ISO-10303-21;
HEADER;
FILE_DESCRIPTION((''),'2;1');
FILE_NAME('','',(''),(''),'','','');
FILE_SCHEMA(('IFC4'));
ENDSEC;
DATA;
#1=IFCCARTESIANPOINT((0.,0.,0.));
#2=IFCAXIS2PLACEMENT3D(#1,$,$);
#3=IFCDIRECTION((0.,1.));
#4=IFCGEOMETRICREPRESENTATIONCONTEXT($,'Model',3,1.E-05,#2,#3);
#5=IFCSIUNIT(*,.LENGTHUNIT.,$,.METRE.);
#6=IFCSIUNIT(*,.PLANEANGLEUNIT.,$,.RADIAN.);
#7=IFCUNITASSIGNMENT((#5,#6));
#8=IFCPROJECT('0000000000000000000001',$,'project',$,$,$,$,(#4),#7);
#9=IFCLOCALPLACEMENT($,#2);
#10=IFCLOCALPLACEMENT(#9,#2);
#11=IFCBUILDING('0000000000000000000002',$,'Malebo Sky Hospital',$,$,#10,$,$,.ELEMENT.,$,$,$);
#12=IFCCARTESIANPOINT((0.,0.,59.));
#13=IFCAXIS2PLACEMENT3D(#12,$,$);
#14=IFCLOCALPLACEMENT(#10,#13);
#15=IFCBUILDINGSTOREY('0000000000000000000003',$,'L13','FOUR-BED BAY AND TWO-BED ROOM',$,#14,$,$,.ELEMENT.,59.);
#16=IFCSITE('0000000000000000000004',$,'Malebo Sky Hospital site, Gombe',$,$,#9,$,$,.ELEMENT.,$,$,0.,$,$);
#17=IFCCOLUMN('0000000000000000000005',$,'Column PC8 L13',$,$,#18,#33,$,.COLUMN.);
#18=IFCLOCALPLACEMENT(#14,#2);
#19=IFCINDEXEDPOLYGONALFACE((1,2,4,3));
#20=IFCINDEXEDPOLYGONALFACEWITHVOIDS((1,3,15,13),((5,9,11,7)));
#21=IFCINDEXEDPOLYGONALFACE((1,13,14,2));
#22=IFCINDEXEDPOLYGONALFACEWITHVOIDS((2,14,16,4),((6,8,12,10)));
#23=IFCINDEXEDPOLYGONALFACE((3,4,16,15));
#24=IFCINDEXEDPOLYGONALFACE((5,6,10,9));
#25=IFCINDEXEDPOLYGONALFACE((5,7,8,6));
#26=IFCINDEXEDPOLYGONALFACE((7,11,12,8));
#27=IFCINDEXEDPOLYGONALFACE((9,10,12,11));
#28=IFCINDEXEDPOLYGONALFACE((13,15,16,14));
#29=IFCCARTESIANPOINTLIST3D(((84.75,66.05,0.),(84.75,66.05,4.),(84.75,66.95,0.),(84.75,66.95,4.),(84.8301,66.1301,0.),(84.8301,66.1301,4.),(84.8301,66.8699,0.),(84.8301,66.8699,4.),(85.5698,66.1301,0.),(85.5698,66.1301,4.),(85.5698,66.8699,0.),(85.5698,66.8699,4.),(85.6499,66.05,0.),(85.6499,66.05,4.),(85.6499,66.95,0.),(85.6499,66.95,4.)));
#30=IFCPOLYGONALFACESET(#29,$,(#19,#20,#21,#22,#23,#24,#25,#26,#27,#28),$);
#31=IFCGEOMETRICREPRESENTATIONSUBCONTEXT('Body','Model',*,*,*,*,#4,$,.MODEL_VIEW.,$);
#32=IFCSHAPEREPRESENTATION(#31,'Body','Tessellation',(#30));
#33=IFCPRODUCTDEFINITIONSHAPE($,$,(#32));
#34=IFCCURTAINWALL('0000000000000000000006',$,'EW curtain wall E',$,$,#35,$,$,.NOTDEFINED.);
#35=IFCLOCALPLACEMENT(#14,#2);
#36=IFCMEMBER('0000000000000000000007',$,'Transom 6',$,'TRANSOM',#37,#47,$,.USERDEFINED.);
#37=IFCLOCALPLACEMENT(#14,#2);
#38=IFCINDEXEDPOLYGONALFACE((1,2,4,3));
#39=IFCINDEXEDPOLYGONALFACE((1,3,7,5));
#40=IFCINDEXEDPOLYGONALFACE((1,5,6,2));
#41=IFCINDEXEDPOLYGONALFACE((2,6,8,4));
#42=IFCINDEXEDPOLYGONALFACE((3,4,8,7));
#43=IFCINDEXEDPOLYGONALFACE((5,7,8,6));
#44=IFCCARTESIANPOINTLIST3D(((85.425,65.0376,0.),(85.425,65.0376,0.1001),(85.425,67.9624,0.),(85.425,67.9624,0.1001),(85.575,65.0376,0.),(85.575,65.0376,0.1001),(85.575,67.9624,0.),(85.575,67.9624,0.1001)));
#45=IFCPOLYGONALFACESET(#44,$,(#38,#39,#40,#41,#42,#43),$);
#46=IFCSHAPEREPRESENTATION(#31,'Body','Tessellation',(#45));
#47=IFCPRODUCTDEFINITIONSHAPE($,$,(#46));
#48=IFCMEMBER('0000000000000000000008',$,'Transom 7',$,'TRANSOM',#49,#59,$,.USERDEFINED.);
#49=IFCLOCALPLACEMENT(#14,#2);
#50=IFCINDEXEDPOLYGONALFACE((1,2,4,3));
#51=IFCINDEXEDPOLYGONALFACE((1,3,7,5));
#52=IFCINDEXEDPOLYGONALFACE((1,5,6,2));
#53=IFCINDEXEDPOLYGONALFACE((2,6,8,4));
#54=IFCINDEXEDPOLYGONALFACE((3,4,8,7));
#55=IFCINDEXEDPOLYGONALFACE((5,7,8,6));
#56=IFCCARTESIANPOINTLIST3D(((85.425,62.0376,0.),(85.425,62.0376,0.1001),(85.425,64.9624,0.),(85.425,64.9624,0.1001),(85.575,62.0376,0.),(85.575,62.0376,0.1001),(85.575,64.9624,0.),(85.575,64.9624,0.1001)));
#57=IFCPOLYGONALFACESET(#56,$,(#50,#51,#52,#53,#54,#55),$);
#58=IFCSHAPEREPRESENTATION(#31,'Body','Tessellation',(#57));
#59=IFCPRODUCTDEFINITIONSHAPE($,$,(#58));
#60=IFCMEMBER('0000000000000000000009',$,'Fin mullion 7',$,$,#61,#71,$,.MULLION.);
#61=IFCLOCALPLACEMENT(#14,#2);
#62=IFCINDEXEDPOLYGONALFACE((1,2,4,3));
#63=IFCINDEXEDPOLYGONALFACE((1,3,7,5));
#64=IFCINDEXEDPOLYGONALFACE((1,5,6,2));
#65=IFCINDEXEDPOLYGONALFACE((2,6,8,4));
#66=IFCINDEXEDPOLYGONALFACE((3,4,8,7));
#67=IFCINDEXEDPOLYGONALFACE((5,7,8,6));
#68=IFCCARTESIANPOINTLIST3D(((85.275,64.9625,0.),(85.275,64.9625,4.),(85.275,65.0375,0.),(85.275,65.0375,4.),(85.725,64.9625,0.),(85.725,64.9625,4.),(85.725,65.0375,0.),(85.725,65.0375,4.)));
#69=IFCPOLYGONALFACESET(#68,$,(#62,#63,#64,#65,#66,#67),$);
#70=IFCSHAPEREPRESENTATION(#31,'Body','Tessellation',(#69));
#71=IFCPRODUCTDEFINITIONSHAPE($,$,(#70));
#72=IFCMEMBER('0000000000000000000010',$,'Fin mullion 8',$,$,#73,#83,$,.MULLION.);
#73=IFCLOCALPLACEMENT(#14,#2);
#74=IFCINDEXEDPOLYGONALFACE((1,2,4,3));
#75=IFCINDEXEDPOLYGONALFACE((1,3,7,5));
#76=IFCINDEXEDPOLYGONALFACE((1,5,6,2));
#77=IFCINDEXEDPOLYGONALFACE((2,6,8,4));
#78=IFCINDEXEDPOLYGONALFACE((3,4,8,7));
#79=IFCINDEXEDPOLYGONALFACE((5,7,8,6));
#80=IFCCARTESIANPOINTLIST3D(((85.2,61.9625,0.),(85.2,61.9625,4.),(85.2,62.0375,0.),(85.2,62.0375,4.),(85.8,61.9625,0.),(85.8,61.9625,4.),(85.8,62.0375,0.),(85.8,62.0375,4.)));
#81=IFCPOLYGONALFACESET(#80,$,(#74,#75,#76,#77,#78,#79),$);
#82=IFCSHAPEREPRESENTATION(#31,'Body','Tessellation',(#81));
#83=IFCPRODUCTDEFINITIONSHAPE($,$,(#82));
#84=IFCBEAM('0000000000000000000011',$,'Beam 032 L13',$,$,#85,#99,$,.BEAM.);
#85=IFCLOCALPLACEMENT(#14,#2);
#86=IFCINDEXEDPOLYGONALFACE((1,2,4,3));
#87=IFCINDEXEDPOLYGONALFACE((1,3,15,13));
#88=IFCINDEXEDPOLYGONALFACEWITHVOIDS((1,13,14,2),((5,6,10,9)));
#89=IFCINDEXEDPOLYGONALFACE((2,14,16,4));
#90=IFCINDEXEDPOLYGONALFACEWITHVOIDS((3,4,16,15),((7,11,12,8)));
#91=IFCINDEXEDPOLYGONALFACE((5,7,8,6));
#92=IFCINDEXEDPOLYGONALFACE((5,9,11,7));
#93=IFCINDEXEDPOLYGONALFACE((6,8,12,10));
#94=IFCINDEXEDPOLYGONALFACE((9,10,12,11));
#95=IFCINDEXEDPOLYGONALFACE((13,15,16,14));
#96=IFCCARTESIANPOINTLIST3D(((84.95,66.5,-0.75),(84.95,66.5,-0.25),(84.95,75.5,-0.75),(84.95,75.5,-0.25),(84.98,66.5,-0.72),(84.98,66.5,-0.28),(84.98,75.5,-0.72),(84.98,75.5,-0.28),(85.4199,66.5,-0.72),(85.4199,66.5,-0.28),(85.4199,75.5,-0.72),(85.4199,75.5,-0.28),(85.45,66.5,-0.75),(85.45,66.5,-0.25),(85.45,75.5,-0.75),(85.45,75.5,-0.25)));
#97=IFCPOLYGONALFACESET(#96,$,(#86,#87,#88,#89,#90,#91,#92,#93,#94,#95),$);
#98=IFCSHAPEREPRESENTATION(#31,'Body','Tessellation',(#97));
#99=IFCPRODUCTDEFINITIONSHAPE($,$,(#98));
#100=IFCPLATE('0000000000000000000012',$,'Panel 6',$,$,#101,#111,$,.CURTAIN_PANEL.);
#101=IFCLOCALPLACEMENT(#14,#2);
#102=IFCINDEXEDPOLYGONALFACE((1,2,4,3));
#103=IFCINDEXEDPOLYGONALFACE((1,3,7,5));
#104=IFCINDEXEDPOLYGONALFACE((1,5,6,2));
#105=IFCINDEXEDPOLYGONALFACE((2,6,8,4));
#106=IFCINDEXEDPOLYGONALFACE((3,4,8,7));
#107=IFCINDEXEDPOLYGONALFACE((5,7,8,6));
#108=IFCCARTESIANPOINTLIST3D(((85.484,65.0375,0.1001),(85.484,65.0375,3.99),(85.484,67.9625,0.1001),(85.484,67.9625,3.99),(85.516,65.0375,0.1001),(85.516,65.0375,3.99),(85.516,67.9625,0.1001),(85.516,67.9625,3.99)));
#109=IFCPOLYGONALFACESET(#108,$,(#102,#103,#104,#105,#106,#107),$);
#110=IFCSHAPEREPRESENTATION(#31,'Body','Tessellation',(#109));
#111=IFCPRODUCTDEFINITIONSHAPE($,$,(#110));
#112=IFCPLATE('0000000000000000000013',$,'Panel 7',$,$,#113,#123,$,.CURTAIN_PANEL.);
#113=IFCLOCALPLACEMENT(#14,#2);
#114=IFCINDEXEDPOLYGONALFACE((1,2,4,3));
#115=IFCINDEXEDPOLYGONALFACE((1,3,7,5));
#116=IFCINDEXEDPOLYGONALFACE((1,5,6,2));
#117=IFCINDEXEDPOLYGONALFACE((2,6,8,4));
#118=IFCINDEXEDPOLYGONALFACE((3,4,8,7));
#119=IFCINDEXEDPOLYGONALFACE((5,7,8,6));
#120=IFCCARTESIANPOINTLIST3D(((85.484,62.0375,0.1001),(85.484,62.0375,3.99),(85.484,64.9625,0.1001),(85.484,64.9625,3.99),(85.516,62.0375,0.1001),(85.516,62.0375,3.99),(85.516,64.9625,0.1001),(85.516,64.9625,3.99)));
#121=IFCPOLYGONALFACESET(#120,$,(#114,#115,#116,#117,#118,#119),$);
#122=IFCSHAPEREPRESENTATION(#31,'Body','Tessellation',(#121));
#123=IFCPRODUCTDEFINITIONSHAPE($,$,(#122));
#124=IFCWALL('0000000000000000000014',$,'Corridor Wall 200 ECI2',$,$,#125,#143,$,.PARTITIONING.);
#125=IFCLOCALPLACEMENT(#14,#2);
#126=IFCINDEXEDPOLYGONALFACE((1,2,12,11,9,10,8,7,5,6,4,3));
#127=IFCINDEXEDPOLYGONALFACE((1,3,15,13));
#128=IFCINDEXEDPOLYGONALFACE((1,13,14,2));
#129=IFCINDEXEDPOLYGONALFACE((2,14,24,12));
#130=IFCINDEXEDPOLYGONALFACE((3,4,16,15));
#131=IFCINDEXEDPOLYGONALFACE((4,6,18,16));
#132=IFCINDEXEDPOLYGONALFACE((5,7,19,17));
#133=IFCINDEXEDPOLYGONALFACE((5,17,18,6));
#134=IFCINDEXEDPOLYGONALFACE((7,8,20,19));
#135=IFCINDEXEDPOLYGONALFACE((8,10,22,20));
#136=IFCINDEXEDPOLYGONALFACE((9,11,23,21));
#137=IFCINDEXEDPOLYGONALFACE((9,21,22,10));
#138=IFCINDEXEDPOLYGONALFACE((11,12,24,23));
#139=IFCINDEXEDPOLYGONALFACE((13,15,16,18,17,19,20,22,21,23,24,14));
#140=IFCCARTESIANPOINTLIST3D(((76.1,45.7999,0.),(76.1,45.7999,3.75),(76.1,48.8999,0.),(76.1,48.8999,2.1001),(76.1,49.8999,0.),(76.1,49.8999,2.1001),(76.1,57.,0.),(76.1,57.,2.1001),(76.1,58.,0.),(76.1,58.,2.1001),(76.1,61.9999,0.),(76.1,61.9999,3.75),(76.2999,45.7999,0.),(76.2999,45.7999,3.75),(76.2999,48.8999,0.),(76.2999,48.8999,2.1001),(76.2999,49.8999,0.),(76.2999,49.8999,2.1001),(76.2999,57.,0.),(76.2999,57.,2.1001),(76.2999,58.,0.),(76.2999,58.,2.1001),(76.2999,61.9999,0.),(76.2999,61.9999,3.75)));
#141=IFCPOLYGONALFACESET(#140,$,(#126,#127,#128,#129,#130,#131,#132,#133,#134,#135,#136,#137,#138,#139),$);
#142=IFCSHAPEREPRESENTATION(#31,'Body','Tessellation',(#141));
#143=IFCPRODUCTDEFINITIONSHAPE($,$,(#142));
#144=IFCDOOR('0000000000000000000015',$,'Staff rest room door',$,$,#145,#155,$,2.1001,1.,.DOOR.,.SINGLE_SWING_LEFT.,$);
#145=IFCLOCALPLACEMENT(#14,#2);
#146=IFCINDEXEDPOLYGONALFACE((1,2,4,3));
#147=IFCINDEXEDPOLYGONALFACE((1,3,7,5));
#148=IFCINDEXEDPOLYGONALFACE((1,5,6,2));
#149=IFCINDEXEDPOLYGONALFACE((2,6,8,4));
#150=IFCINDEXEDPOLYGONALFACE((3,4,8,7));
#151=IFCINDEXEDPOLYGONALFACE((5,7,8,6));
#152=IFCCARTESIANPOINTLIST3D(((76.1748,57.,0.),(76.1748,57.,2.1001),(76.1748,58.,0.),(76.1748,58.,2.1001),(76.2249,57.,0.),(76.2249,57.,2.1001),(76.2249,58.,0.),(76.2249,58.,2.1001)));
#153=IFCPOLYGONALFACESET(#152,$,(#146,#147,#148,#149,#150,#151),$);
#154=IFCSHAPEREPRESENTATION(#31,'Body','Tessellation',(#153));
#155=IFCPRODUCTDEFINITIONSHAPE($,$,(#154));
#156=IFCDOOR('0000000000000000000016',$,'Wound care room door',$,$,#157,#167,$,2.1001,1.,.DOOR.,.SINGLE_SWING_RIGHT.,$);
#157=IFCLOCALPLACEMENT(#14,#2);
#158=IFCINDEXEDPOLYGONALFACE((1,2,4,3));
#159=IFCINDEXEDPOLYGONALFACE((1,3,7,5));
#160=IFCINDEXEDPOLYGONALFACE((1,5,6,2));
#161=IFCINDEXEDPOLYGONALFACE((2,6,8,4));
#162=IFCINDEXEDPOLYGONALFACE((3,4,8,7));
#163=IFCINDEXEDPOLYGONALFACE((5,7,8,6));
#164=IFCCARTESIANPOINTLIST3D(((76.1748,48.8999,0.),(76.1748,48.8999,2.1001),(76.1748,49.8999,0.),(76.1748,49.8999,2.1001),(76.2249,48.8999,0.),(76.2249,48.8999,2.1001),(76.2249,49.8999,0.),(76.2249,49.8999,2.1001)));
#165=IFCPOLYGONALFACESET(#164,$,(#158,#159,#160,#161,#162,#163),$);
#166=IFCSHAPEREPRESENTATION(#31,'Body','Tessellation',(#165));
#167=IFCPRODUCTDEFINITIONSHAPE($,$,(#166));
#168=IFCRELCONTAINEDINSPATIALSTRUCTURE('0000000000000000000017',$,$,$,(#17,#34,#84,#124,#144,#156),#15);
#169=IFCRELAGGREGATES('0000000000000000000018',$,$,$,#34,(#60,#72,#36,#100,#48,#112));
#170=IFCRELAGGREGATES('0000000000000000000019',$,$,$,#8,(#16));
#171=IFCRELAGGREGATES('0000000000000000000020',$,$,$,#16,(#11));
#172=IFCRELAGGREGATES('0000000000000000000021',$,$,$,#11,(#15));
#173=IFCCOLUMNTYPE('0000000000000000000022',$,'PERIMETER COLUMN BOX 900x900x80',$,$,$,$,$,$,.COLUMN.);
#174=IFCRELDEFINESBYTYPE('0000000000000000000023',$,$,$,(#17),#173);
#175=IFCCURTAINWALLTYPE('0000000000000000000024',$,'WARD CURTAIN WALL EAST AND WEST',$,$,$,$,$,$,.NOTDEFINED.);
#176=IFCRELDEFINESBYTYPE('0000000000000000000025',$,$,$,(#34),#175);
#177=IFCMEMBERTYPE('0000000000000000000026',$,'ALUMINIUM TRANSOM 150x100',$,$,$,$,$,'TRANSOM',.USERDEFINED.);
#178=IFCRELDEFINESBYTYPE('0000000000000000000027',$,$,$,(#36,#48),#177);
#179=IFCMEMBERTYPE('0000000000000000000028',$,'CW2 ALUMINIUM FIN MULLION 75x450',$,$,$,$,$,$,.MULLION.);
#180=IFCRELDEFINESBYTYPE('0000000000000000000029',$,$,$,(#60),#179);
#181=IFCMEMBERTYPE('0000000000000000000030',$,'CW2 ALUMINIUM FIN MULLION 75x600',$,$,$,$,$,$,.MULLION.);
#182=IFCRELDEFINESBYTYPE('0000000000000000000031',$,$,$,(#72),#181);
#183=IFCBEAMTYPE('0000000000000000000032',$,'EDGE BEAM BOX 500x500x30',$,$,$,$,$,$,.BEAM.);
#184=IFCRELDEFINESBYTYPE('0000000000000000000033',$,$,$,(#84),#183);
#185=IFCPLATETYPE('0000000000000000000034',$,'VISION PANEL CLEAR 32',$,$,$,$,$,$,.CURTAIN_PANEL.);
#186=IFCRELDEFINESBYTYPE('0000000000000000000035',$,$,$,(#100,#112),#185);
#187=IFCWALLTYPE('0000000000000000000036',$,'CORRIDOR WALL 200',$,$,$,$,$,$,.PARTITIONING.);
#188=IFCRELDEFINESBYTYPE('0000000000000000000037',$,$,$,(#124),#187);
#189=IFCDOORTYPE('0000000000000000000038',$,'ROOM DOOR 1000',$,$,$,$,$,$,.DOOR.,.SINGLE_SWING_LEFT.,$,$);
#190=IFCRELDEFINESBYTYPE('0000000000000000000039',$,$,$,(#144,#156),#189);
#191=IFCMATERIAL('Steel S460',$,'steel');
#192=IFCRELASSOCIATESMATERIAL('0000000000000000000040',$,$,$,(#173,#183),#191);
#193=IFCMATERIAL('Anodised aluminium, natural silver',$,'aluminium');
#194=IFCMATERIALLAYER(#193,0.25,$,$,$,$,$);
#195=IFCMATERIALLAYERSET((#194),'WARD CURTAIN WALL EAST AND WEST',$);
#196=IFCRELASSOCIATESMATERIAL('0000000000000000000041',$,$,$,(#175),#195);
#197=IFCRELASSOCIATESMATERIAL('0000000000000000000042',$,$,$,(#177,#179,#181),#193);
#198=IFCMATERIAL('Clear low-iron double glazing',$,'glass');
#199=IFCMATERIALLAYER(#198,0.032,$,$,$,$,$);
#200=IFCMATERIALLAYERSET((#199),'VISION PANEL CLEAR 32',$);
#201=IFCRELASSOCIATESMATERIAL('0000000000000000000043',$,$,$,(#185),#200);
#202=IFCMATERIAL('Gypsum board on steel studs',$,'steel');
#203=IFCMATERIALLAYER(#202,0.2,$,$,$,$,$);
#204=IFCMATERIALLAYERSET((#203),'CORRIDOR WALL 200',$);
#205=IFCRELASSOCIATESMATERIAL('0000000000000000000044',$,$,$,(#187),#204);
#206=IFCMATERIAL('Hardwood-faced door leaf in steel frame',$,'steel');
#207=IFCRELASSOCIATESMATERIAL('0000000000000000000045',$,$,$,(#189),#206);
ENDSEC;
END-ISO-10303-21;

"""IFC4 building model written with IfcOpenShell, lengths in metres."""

from ifc_helpers import new_model, si_unit, direction, frame, frame_2d, origin, origin_2d, place, context, subcontext, project, spatial, rectangle, hollow_rectangle, extrude, material, layer, layer_set, material_profile, profile_set, type_object, element, fill, aggregate, save


model = new_model("IFC4")

# Units and contexts
model_context = context("Model", 3, precision=1e-05, world=origin(), true_north=direction((0.0, 1.0)))
body_context = subcontext(model_context, "Body", "Model", "MODEL_VIEW")
ifc_project = project(units=[si_unit("LENGTHUNIT", "METRE"), si_unit("PLANEANGLEUNIT", "RADIAN")], contexts=[model_context])

# Site, building, storey
site_placement = place(None, origin())
site = spatial("IfcSite", under=ifc_project, at=site_placement, Name="Malebo Sky Hospital site, Gombe", CompositionType="ELEMENT", RefElevation=0.0)
building_placement = place(site_placement, origin())
building = spatial("IfcBuilding", under=site, at=building_placement, Name="Malebo Sky Hospital", CompositionType="ELEMENT")
storey_placement = place(building_placement, frame((0.0, 0.0, 59.0)))
storey = spatial("IfcBuildingStorey", under=building, at=storey_placement, Name="L13", Description="FOUR-BED BAY AND TWO-BED ROOM", CompositionType="ELEMENT", Elevation=59.0)

# Column
ifc_material_1 = material(Name="Steel S460", Category="steel")
ifc_material_profile_1 = material_profile(ifc_material_1, hollow_rectangle(XDim=0.8999, YDim=0.8999, WallThickness=0.0801, at=origin_2d()), Name="BOX 900x900x80")
ifc_profile_set_1 = profile_set([ifc_material_profile_1], Name="Steel S460")
column_type = type_object("IfcColumnType", Name="PERIMETER COLUMN BOX 900x900x80", PredefinedType="COLUMN", material=ifc_profile_set_1)
column_placement = place(storey_placement, frame((85.2, 66.5, 0.0), z_axis=(0.0, 0.0, 1.0), x_axis=(1.0, 0.0, 0.0)))
element("IfcColumn", 1, at=column_placement, inside=storey, type_object=column_type, Name="Column PC8 L13", PredefinedType="COLUMN", context=body_context, shape_type="SweptSolid", body=[
    extrude(hollow_rectangle(XDim=0.8999, YDim=0.8999, WallThickness=0.0801, at=origin_2d()), origin(), (0.0, 0.0, 1.0), 4.0),
])

# Curtain wall, members
ifc_material_2 = material(Name="Anodised aluminium, natural silver", Category="aluminium")
ifc_layer_1 = layer(ifc_material_2, 0.25)
ifc_layer_set_1 = layer_set([ifc_layer_1], Name="WARD CURTAIN WALL EAST AND WEST")
curtain_wall_type = type_object("IfcCurtainWallType", Name="WARD CURTAIN WALL EAST AND WEST", PredefinedType="NOTDEFINED", material=ifc_layer_set_1)
curtain_wall_placement = place(storey_placement, origin())
curtain_wall = element("IfcCurtainWall", 2, at=curtain_wall_placement, inside=storey, type_object=curtain_wall_type, Name="EW curtain wall E", PredefinedType="NOTDEFINED")
ifc_material_profile_2 = material_profile(ifc_material_2, rectangle(XDim=0.1499, YDim=0.1001, at=origin_2d()), Name="ALUMINIUM TRANSOM 150x100")
ifc_profile_set_2 = profile_set([ifc_material_profile_2], Name="Anodised aluminium, natural silver")
member_type_1 = type_object("IfcMemberType", Name="ALUMINIUM TRANSOM 150x100", ElementType="TRANSOM", PredefinedType="USERDEFINED", material=ifc_profile_set_2)
member_1_placement = place(storey_placement, frame((85.5, 67.9624, 0.05), z_axis=(0.0, -1.0, 0.0), x_axis=(1.0, 0.0, 0.0)))
member_1 = element("IfcMember", 3, at=member_1_placement, type_object=member_type_1, Name="Transom 6", ObjectType="TRANSOM", PredefinedType="USERDEFINED", context=body_context, shape_type="SweptSolid", body=[
    extrude(rectangle(XDim=0.1499, YDim=0.1001, at=origin_2d()), origin(), (0.0, 0.0, 1.0), 2.9248),
])
member_2_placement = place(storey_placement, frame((85.5, 64.9624, 0.05), z_axis=(0.0, -1.0, 0.0), x_axis=(1.0, 0.0, 0.0)))
member_2 = element("IfcMember", 4, at=member_2_placement, type_object=member_type_1, Name="Transom 7", ObjectType="TRANSOM", PredefinedType="USERDEFINED", context=body_context, shape_type="SweptSolid", body=[
    extrude(rectangle(XDim=0.1499, YDim=0.1001, at=origin_2d()), origin(), (0.0, 0.0, 1.0), 2.9248),
])
ifc_material_profile_3 = material_profile(ifc_material_2, rectangle(XDim=0.075, YDim=0.45, at=origin_2d()), Name="CW2 ALUMINIUM FIN MULLION 75x450")
ifc_profile_set_3 = profile_set([ifc_material_profile_3], Name="Anodised aluminium, natural silver")
member_type_2 = type_object("IfcMemberType", Name="CW2 ALUMINIUM FIN MULLION 75x450", PredefinedType="MULLION", material=ifc_profile_set_3)
member_3_placement = place(storey_placement, frame((85.5, 65.0, 0.0), z_axis=(0.0, 0.0, 1.0), x_axis=(0.0, -1.0, 0.0)))
member_3 = element("IfcMember", 5, at=member_3_placement, type_object=member_type_2, Name="Fin mullion 7", PredefinedType="MULLION", context=body_context, shape_type="SweptSolid", body=[
    extrude(rectangle(XDim=0.075, YDim=0.45, at=origin_2d()), origin(), (0.0, 0.0, 1.0), 4.0),
])
ifc_material_profile_4 = material_profile(ifc_material_2, rectangle(XDim=0.075, YDim=0.6001, at=origin_2d()), Name="CW2 ALUMINIUM FIN MULLION 75x600")
ifc_profile_set_4 = profile_set([ifc_material_profile_4], Name="Anodised aluminium, natural silver")
member_type_3 = type_object("IfcMemberType", Name="CW2 ALUMINIUM FIN MULLION 75x600", PredefinedType="MULLION", material=ifc_profile_set_4)
member_4_placement = place(storey_placement, frame((85.5, 62.0, 0.0), z_axis=(0.0, 0.0, 1.0), x_axis=(0.0, -1.0, 0.0)))
member_4 = element("IfcMember", 6, at=member_4_placement, type_object=member_type_3, Name="Fin mullion 8", PredefinedType="MULLION", context=body_context, shape_type="SweptSolid", body=[
    extrude(rectangle(XDim=0.075, YDim=0.6001, at=origin_2d()), origin(), (0.0, 0.0, 1.0), 4.0),
])

# Beam
ifc_material_profile_5 = material_profile(ifc_material_1, hollow_rectangle(XDim=0.5, YDim=0.5, WallThickness=0.03, at=origin_2d()), Name="BOX 500x500x30")
ifc_profile_set_5 = profile_set([ifc_material_profile_5], Name="Steel S460")
beam_type = type_object("IfcBeamType", Name="EDGE BEAM BOX 500x500x30", PredefinedType="BEAM", material=ifc_profile_set_5)
beam_placement = place(storey_placement, frame((85.2, 66.5, -0.5), z_axis=(0.0, 1.0, 0.0), x_axis=(-1.0, 0.0, 0.0)))
element("IfcBeam", 7, at=beam_placement, inside=storey, type_object=beam_type, Name="Beam 032 L13", PredefinedType="BEAM", context=body_context, shape_type="SweptSolid", body=[
    extrude(hollow_rectangle(XDim=0.5, YDim=0.5, WallThickness=0.03, at=origin_2d()), origin(), (0.0, 0.0, 1.0), 9.0),
])

# Plates
ifc_material_3 = material(Name="Clear low-iron double glazing", Category="glass")
ifc_layer_2 = layer(ifc_material_3, 0.032)
ifc_layer_set_2 = layer_set([ifc_layer_2], Name="VISION PANEL CLEAR 32")
plate_type = type_object("IfcPlateType", Name="VISION PANEL CLEAR 32", PredefinedType="CURTAIN_PANEL", material=ifc_layer_set_2)
plate_1_placement = place(storey_placement, frame((85.5, 66.5, 0.1001), z_axis=(0.0, 0.0, 1.0), x_axis=(0.0, -1.0, 0.0)))
plate_1 = element("IfcPlate", 8, at=plate_1_placement, type_object=plate_type, Name="Panel 6", PredefinedType="CURTAIN_PANEL", context=body_context, shape_type="SweptSolid", body=[
    extrude(rectangle(XDim=2.925, YDim=0.032, at=origin_2d()), origin(), (0.0, 0.0, 1.0), 3.8899),
])
plate_2_placement = place(storey_placement, frame((85.5, 63.5, 0.1001), z_axis=(0.0, 0.0, 1.0), x_axis=(0.0, -1.0, 0.0)))
plate_2 = element("IfcPlate", 9, at=plate_2_placement, type_object=plate_type, Name="Panel 7", PredefinedType="CURTAIN_PANEL", context=body_context, shape_type="SweptSolid", body=[
    extrude(rectangle(XDim=2.925, YDim=0.032, at=origin_2d()), origin(), (0.0, 0.0, 1.0), 3.8899),
])
aggregate(curtain_wall, [member_3, member_4, member_1, plate_1, member_2, plate_2])

# Wall, openings, doors
ifc_material_4 = material(Name="Gypsum board on steel studs", Category="steel")
ifc_layer_3 = layer(ifc_material_4, 0.2)
ifc_layer_set_3 = layer_set([ifc_layer_3], Name="CORRIDOR WALL 200")
wall_type_1 = type_object("IfcWallType", Name="CORRIDOR WALL 200", PredefinedType="PARTITIONING", material=ifc_layer_set_3)
wall_1_placement = place(storey_placement, frame((76.2, 62.0, 0.0), z_axis=(0.0, 0.0, 1.0), x_axis=(0.0, -1.0, 0.0)))
wall_1 = element("IfcWall", 10, at=wall_1_placement, inside=storey, type_object=wall_type_1, Name="Corridor Wall 200 ECI2", PredefinedType="PARTITIONING", context=body_context, shape_type="SweptSolid", body=[
    extrude(rectangle(XDim=16.2, YDim=0.2, at=frame_2d((8.1001, 0.0))), origin(), (0.0, 0.0, 1.0), 3.75),
])
opening_1_placement = place(wall_1_placement, frame((4.0, 0.0, 0.0)))
opening_1 = element("IfcOpeningElement", 11, at=opening_1_placement, cuts=wall_1, PredefinedType="OPENING", context=body_context, shape_type="SweptSolid", body=[
    extrude(rectangle(XDim=1.0, YDim=2.1001, at=frame_2d((0.5, 1.05))), frame((0.0, 0.1099, 0.0), z_axis=(0.0, -1.0, 0.0), x_axis=(1.0, 0.0, 0.0)), (0.0, 0.0, 1.0), 0.22),
])
opening_2_placement = place(wall_1_placement, frame((12.1001, 0.0, 0.0)))
opening_2 = element("IfcOpeningElement", 12, at=opening_2_placement, cuts=wall_1, PredefinedType="OPENING", context=body_context, shape_type="SweptSolid", body=[
    extrude(rectangle(XDim=1.0, YDim=2.1001, at=frame_2d((0.5, 1.05))), frame((0.0, 0.1099, 0.0), z_axis=(0.0, -1.0, 0.0), x_axis=(1.0, 0.0, 0.0)), (0.0, 0.0, 1.0), 0.22),
])
ifc_material_5 = material(Name="Hardwood-faced door leaf in steel frame", Category="steel")
door_type_1 = type_object("IfcDoorType", Name="ROOM DOOR 1000", OperationType="SINGLE_SWING_LEFT", PredefinedType="DOOR", material=ifc_material_5)
door_1_placement = place(opening_1_placement, origin())
door_1 = element("IfcDoor", 13, at=door_1_placement, inside=storey, type_object=door_type_1, Name="Staff rest room door", OperationType="SINGLE_SWING_LEFT", OverallHeight=2.1001, OverallWidth=1.0, PredefinedType="DOOR", context=body_context, shape_type="SweptSolid", body=[
    extrude(rectangle(XDim=1.0, YDim=2.1001, at=frame_2d((0.5, 1.05))), frame((0.0, 0.0249, 0.0), z_axis=(0.0, -1.0, 0.0), x_axis=(1.0, 0.0, 0.0)), (0.0, 0.0, 1.0), 0.05),
])
fill(opening_1, door_1)
door_2_placement = place(opening_2_placement, origin())
door_2 = element("IfcDoor", 14, at=door_2_placement, inside=storey, type_object=door_type_1, Name="Wound care room door", OperationType="SINGLE_SWING_RIGHT", OverallHeight=2.1001, OverallWidth=1.0, PredefinedType="DOOR", context=body_context, shape_type="SweptSolid", body=[
    extrude(rectangle(XDim=1.0, YDim=2.1001, at=frame_2d((0.5, 1.05))), frame((0.0, 0.0249, 0.0), z_axis=(0.0, -1.0, 0.0), x_axis=(1.0, 0.0, 0.0)), (0.0, 0.0, 1.0), 0.05),
])
fill(opening_2, door_2)

save(model, "model.ifc")
